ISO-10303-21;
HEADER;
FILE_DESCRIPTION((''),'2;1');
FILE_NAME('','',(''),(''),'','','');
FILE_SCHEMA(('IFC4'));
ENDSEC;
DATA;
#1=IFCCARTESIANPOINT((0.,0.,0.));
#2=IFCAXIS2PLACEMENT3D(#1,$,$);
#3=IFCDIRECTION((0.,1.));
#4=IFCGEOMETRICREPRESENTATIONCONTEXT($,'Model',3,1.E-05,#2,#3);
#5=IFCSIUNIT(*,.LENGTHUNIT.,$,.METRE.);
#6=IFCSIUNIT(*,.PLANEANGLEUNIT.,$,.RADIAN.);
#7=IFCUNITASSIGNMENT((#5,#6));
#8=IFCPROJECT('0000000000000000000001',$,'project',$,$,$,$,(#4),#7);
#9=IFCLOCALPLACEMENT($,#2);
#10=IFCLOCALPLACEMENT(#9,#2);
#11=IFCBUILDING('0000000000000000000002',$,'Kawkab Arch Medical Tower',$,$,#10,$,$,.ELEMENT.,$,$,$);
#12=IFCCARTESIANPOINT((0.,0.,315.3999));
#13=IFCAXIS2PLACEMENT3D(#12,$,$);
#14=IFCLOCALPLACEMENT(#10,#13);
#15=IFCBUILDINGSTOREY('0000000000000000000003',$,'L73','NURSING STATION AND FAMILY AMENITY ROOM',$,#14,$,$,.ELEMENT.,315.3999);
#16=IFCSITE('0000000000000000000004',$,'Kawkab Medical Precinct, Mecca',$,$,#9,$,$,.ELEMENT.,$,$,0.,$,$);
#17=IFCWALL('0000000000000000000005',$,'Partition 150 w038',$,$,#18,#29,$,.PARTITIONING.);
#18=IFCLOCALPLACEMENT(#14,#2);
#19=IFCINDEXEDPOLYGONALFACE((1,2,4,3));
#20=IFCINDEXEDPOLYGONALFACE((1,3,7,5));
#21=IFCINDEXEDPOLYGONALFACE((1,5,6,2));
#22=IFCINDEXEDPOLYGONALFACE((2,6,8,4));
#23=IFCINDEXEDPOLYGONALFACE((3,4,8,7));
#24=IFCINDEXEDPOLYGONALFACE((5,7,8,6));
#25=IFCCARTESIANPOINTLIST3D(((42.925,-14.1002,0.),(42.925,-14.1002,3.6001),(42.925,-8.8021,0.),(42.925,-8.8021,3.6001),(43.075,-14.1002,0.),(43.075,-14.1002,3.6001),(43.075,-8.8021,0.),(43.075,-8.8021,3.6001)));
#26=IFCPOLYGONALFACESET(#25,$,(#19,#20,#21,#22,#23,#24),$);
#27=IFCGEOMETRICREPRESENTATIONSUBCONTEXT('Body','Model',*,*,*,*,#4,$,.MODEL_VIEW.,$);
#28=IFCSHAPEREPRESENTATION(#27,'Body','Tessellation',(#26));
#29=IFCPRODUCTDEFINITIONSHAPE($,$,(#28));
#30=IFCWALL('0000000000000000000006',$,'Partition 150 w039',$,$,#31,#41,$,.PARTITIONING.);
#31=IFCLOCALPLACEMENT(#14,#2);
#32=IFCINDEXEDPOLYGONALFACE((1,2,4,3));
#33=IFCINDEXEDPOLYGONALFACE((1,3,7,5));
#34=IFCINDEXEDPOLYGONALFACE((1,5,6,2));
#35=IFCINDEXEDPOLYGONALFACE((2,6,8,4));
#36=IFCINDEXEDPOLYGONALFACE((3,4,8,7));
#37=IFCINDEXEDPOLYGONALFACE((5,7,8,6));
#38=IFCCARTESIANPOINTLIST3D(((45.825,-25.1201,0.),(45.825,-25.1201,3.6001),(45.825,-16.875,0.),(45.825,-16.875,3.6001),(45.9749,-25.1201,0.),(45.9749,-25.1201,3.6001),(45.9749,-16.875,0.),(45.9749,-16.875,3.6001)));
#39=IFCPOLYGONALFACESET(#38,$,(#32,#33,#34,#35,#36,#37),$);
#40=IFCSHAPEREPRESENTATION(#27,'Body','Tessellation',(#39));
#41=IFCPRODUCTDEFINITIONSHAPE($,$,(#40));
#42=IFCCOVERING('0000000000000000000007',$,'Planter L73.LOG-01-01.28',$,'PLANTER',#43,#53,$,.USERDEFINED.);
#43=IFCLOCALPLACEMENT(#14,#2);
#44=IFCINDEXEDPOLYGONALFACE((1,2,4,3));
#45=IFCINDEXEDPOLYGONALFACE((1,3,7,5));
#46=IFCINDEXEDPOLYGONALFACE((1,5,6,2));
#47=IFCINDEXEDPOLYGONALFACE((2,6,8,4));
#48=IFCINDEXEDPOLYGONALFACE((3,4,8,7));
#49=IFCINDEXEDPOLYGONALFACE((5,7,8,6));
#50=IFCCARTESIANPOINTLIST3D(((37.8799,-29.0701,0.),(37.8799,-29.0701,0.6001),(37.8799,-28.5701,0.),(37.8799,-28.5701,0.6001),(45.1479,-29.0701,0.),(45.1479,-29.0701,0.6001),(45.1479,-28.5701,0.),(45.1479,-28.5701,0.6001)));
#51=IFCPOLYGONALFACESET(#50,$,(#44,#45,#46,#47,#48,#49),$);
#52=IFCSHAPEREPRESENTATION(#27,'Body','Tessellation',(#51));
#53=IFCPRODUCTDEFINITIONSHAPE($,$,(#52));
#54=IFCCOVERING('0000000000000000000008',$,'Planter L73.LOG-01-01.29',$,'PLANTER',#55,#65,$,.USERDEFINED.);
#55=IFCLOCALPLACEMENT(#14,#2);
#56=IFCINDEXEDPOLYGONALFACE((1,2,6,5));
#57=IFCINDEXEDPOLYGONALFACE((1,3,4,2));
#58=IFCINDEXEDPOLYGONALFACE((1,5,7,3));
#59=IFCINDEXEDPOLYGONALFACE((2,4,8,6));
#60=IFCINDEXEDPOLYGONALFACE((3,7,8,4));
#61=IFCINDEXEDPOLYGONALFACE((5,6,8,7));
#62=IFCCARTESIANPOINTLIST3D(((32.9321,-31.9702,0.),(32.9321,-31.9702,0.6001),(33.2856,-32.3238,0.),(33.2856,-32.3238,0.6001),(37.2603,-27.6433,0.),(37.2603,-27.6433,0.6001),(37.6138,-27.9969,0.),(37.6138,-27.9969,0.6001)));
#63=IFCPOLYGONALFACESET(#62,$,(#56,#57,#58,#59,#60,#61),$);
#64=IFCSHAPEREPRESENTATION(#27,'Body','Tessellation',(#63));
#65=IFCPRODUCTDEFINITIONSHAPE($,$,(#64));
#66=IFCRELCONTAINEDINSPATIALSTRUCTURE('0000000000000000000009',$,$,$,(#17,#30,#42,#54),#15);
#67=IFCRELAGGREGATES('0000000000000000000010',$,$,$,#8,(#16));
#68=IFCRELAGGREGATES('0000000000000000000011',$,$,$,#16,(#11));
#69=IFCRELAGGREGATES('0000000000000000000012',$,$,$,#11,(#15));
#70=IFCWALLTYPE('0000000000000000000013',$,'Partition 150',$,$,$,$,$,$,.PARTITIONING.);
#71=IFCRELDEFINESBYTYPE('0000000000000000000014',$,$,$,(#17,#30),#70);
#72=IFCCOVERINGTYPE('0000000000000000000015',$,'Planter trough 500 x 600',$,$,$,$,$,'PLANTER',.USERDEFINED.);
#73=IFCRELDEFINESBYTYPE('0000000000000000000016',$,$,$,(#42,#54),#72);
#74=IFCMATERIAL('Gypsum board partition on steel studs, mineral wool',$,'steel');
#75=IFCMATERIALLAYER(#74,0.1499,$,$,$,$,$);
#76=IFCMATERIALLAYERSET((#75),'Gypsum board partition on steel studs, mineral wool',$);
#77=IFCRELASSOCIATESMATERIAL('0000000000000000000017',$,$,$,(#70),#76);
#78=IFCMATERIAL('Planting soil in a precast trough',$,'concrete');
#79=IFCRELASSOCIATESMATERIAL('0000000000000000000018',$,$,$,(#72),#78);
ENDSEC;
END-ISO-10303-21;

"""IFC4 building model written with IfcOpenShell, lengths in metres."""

from ifc_helpers import new_model, si_unit, direction, frame, frame_2d, origin, origin_2d, place, context, subcontext, project, spatial, rectangle, extrude, material, layer, layer_set, material_profile, profile_set, type_object, element, save


model = new_model("IFC4")

# Units and contexts
model_context = context("Model", 3, precision=1e-05, world=origin(), true_north=direction((0.0, 1.0)))
body_context = subcontext(model_context, "Body", "Model", "MODEL_VIEW")
ifc_project = project(units=[si_unit("LENGTHUNIT", "METRE"), si_unit("PLANEANGLEUNIT", "RADIAN")], contexts=[model_context])

# Site, building, storey
site_placement = place(None, origin())
site = spatial("IfcSite", under=ifc_project, at=site_placement, Name="Kawkab Medical Precinct, Mecca", CompositionType="ELEMENT", RefElevation=0.0)
building_placement = place(site_placement, origin())
building = spatial("IfcBuilding", under=site, at=building_placement, Name="Kawkab Arch Medical Tower", CompositionType="ELEMENT")
storey_placement = place(building_placement, frame((0.0, 0.0, 315.3999)))
storey = spatial("IfcBuildingStorey", under=building, at=storey_placement, Name="L73", Description="NURSING STATION AND FAMILY AMENITY ROOM", CompositionType="ELEMENT", Elevation=315.3999)

# Shared definitions
ifc_material_1 = material(Name="Gypsum board partition on steel studs, mineral wool", Category="steel")
ifc_layer_1 = layer(ifc_material_1, 0.1499)
ifc_layer_set_1 = layer_set([ifc_layer_1], Name="Gypsum board partition on steel studs, mineral wool")
wall_type_1 = type_object("IfcWallType", Name="Partition 150", PredefinedType="PARTITIONING", material=ifc_layer_set_1)

# Walls
wall_1_placement = place(storey_placement, frame((43.0, -14.1001, 0.0), z_axis=(0.0, 0.0, 1.0), x_axis=(0.0, 1.0, 0.0)))
element("IfcWall", 1, at=wall_1_placement, inside=storey, type_object=wall_type_1, Name="Partition 150 w038", PredefinedType="PARTITIONING", context=body_context, shape_type="SweptSolid", body=[
    extrude(rectangle(XDim=5.2981, YDim=0.1499, at=frame_2d((2.6489, 0.0))), origin(), (0.0, 0.0, 1.0), 3.6001),
])
wall_2_placement = place(storey_placement, frame((45.8999, -25.1201, 0.0), z_axis=(0.0, 0.0, 1.0), x_axis=(0.0, 1.0, 0.0)))
element("IfcWall", 2, at=wall_2_placement, inside=storey, type_object=wall_type_1, Name="Partition 150 w039", PredefinedType="PARTITIONING", context=body_context, shape_type="SweptSolid", body=[
    extrude(rectangle(XDim=8.2451, YDim=0.1499, at=frame_2d((4.1226, 0.0))), origin(), (0.0, 0.0, 1.0), 3.6001),
])

# Coverings
ifc_material_2 = material(Name="Planting soil in a precast trough", Category="concrete")
ifc_material_profile_1 = material_profile(ifc_material_2, rectangle(XDim=0.5, YDim=0.6001, at=origin_2d()), Name="Trough 500x600")
ifc_profile_set_1 = profile_set([ifc_material_profile_1], Name="Planting soil in a precast trough")
covering_type = type_object("IfcCoveringType", Name="Planter trough 500 x 600", ElementType="PLANTER", PredefinedType="USERDEFINED", material=ifc_profile_set_1)
covering_1_placement = place(storey_placement, frame((45.1479, -28.8201, 0.3), z_axis=(-1.0, 0.0, 0.0), x_axis=(0.0, -1.0, 0.0)))
element("IfcCovering", 3, at=covering_1_placement, inside=storey, type_object=covering_type, Name="Planter L73.LOG-01-01.28", ObjectType="PLANTER", PredefinedType="USERDEFINED", context=body_context, shape_type="SweptSolid", body=[
    extrude(rectangle(XDim=0.5, YDim=0.6001, at=origin_2d()), origin(), (0.0, 0.0, 1.0), 7.2681),
])
covering_2_placement = place(storey_placement, frame((37.437, -27.8201, 0.3), z_axis=(-0.707207, -0.707007, 0.0), x_axis=(0.707007, -0.707207, 0.0)))
element("IfcCovering", 4, at=covering_2_placement, inside=storey, type_object=covering_type, Name="Planter L73.LOG-01-01.29", ObjectType="PLANTER", PredefinedType="USERDEFINED", context=body_context, shape_type="SweptSolid", body=[
    extrude(rectangle(XDim=0.5, YDim=0.6001, at=origin_2d()), origin(), (0.0, 0.0, 1.0), 6.1201),
])

save(model, "model.ifc")
